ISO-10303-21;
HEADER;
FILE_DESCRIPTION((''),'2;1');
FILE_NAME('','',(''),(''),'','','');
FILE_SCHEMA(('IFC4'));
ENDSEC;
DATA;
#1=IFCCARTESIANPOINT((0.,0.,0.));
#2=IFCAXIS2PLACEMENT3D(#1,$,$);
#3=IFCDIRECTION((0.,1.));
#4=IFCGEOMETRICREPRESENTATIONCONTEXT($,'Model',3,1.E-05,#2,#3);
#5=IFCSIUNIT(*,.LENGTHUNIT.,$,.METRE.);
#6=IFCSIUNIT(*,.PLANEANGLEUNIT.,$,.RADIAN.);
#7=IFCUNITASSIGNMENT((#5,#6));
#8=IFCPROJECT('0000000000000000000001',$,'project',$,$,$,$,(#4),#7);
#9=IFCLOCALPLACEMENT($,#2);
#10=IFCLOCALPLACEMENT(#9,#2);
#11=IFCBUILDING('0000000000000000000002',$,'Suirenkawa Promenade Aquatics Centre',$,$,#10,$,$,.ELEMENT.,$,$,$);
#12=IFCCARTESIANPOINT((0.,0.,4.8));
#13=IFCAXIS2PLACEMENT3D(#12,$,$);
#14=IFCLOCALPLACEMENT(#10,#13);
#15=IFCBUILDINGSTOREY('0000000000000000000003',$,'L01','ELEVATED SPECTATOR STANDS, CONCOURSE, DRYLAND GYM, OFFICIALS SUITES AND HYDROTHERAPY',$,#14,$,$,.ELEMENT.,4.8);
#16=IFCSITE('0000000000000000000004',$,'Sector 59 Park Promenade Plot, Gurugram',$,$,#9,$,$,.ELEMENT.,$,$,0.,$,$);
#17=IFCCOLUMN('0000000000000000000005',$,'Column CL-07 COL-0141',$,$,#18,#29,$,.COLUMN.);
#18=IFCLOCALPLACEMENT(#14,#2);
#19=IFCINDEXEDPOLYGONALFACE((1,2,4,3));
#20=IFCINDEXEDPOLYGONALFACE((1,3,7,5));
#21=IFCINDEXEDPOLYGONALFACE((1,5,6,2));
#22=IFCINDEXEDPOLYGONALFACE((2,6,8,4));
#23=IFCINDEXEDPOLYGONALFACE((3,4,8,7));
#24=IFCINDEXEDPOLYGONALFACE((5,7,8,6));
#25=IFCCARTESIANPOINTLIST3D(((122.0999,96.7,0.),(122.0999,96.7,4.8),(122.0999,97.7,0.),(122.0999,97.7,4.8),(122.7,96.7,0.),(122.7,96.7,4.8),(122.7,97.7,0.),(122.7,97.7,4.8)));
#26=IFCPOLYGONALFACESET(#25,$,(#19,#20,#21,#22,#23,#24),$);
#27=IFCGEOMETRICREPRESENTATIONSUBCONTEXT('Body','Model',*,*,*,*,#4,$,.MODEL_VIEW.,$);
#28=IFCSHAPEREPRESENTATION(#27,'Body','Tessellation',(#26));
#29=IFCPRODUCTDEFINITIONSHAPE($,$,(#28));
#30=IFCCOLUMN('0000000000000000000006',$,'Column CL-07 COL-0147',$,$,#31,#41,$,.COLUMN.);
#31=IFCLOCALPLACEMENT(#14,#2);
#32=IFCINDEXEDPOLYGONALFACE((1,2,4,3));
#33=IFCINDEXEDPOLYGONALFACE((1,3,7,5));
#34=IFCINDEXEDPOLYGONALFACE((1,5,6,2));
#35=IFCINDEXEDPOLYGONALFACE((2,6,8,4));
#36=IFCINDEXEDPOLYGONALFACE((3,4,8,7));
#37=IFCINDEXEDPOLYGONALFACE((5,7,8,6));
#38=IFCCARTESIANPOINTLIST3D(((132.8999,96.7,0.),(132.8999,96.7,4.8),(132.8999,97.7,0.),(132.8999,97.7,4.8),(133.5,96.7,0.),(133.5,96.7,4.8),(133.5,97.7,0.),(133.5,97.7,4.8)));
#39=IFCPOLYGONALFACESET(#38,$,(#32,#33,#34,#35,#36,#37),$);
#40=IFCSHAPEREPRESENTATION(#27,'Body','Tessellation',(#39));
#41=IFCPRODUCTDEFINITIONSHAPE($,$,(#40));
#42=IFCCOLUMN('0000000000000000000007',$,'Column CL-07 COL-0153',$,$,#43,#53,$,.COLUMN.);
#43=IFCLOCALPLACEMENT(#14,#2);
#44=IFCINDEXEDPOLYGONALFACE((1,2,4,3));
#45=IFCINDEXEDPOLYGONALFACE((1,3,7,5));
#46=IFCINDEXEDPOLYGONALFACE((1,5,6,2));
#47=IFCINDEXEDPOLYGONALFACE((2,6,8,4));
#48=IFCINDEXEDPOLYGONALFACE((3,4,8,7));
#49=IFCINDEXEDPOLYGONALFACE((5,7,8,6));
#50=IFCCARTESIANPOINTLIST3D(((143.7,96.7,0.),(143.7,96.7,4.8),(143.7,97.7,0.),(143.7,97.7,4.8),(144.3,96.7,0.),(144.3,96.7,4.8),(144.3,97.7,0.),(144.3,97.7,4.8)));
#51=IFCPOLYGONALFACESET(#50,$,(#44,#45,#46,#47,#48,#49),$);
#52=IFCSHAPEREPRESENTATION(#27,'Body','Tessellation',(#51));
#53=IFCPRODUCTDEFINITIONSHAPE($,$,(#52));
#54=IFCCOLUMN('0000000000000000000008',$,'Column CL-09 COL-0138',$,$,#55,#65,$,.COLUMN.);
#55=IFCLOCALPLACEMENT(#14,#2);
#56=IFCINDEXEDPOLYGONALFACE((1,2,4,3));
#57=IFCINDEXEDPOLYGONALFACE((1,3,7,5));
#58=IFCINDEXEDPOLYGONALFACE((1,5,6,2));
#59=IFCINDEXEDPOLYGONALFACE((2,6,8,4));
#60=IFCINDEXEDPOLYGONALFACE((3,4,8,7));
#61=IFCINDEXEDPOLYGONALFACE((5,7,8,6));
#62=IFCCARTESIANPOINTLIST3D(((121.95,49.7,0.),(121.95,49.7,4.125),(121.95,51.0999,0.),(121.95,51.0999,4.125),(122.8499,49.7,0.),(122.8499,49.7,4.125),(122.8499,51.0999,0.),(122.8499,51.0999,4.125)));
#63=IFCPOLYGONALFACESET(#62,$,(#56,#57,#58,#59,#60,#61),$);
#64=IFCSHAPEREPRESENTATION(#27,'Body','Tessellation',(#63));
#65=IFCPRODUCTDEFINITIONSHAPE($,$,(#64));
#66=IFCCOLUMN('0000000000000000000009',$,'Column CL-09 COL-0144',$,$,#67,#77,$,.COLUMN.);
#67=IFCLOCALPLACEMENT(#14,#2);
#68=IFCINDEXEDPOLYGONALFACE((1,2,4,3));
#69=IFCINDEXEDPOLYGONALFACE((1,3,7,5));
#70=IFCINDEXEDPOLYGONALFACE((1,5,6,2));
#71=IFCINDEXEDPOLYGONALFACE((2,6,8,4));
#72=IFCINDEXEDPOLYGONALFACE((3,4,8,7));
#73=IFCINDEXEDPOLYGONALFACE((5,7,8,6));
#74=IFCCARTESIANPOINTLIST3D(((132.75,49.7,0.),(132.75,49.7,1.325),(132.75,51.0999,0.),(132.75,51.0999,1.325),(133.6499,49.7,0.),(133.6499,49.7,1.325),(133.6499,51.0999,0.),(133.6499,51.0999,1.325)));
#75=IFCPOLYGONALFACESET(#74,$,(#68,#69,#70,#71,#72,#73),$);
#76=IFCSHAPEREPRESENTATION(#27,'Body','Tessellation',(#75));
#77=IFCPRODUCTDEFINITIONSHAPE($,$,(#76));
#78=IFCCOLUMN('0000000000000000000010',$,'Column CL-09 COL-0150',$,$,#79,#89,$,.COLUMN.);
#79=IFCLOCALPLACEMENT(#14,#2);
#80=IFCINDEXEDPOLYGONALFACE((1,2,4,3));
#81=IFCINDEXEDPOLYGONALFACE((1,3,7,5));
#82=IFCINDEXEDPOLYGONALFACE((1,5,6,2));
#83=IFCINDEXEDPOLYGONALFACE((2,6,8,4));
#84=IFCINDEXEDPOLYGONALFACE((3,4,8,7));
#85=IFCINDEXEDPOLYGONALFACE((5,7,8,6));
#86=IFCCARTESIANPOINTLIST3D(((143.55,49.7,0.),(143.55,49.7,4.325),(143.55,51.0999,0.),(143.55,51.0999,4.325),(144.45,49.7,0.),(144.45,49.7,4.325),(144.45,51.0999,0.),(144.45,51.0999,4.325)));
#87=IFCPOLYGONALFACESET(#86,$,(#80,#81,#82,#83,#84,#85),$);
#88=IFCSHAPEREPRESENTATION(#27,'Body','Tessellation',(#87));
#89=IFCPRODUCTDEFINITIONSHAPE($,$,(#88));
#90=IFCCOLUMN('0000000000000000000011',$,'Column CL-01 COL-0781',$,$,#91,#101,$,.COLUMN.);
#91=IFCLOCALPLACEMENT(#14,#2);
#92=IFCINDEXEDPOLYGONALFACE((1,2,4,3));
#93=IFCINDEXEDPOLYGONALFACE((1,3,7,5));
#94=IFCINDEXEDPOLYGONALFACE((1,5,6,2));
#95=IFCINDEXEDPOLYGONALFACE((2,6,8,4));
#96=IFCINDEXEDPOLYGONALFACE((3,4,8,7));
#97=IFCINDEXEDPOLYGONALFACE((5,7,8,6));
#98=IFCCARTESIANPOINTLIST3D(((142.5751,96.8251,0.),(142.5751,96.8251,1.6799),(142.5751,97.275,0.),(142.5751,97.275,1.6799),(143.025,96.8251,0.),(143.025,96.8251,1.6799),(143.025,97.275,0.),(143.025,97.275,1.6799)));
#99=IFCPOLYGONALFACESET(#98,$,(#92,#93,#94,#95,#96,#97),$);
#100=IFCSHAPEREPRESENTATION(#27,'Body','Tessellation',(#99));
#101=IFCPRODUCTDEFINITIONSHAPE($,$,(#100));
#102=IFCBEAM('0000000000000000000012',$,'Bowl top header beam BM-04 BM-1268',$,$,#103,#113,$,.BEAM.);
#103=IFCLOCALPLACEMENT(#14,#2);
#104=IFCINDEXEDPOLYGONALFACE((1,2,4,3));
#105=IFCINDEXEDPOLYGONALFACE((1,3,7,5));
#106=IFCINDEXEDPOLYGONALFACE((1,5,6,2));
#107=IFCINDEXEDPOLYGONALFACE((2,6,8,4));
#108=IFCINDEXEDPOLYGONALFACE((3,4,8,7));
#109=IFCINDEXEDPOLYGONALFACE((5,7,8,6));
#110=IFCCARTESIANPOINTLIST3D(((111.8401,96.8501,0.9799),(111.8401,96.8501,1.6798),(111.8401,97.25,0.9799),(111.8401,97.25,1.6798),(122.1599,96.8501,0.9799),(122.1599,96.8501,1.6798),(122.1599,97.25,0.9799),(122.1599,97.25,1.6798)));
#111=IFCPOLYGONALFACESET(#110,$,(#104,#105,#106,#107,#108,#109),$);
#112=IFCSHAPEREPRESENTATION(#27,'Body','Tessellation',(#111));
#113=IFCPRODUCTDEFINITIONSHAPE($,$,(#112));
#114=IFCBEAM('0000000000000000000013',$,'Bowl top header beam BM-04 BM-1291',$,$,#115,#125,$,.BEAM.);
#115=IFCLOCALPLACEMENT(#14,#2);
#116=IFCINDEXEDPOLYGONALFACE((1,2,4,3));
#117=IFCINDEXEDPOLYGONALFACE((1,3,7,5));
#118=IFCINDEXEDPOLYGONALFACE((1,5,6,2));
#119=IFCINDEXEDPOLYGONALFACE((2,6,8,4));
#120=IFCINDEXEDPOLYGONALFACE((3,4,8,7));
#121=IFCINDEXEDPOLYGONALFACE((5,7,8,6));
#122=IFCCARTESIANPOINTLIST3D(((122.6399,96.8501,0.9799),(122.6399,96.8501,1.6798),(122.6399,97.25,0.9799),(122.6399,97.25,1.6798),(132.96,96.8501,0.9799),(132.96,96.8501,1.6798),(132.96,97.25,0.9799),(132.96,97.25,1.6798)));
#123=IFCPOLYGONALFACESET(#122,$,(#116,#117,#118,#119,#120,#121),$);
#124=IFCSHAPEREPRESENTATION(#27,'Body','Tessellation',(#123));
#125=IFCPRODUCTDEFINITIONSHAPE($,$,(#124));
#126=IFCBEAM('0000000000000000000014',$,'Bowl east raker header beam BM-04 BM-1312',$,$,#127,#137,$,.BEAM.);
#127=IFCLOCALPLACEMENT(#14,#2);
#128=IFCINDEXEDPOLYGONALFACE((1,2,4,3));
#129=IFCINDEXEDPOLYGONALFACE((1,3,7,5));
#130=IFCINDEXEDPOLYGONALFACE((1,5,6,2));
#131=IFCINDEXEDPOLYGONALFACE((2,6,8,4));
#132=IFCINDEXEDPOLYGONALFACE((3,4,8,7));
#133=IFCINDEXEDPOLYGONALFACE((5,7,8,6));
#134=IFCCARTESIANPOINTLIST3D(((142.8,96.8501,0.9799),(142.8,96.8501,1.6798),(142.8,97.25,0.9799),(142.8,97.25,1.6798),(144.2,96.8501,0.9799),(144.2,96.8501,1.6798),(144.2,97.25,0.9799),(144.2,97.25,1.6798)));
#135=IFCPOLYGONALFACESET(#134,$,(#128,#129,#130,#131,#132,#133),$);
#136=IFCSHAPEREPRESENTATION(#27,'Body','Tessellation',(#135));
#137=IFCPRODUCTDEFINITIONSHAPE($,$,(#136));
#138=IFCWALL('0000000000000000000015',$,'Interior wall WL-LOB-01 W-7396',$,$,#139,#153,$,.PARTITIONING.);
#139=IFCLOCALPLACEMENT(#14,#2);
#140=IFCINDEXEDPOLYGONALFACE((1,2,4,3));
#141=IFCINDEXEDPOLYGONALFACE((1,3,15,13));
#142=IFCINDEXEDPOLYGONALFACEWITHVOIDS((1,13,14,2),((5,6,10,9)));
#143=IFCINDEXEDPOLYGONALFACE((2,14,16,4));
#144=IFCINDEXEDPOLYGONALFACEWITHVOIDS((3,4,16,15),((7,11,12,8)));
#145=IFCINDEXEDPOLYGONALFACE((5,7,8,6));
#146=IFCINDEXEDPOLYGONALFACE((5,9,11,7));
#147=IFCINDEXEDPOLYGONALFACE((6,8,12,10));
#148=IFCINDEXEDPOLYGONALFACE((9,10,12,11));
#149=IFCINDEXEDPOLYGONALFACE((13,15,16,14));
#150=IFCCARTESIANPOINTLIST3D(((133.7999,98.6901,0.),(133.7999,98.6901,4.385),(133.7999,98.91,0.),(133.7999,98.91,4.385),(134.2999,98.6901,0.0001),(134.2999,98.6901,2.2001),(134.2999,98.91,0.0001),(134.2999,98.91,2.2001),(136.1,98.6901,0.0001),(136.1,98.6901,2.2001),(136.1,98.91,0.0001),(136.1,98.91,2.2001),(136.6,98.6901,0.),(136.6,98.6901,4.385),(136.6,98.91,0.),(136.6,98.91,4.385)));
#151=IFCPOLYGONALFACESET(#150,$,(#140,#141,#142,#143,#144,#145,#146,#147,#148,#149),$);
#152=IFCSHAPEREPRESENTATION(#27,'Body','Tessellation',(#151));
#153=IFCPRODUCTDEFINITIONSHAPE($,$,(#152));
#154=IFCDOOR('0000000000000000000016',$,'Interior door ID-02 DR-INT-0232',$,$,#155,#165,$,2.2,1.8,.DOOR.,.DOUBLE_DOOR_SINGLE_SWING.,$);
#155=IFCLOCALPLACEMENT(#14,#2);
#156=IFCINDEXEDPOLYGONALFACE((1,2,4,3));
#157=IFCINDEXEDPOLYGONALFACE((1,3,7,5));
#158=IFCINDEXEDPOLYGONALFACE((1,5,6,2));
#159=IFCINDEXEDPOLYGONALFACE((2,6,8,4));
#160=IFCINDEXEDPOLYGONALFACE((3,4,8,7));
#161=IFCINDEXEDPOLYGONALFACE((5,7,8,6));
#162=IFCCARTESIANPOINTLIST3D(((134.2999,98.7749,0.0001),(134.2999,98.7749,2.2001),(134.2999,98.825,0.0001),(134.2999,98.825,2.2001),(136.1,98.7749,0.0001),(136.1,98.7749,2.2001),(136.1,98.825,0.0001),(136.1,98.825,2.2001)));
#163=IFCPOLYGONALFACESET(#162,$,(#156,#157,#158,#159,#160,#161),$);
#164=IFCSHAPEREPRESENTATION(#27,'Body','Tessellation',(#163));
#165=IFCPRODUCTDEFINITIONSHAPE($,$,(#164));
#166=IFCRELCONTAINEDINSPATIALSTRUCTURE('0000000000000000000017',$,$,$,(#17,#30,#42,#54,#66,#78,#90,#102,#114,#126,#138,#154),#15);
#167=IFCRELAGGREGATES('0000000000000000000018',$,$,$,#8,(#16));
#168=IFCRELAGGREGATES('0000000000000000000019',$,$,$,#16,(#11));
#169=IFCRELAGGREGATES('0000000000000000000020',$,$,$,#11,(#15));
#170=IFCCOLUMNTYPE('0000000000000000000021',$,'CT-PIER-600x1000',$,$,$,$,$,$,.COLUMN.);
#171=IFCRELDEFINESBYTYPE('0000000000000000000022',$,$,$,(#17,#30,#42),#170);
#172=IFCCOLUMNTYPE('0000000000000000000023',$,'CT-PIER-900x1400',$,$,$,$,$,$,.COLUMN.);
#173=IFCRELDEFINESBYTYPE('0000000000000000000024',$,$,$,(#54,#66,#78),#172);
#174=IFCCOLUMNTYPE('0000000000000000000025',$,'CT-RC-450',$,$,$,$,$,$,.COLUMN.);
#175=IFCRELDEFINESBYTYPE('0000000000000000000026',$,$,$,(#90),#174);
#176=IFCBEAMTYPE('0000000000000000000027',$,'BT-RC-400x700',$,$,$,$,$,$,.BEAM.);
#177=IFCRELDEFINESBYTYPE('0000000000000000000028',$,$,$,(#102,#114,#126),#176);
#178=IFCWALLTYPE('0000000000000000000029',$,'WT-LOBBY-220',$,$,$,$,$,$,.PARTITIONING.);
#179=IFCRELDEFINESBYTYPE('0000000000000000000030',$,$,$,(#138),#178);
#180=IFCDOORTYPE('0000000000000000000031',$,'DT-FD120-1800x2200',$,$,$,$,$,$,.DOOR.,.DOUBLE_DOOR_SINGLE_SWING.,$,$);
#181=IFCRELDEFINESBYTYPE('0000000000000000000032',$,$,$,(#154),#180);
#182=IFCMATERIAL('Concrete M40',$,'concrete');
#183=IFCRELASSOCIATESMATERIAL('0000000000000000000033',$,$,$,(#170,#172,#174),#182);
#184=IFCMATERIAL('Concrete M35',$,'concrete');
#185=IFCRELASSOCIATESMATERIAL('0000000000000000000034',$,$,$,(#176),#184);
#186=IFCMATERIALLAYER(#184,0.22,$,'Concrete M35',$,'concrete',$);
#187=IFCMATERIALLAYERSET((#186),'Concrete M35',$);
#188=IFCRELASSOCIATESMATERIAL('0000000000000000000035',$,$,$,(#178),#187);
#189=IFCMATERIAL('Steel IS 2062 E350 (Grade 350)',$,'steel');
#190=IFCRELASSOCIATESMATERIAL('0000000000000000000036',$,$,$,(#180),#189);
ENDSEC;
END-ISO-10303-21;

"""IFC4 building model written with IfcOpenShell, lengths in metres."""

from ifc_helpers import new_model, si_unit, direction, frame, frame_2d, origin, origin_2d, place, context, subcontext, project, spatial, rectangle, extrude, material, layer, layer_set, material_profile, profile_set, type_object, element, fill, save


model = new_model("IFC4")

# Units and contexts
model_context = context("Model", 3, precision=1e-05, world=origin(), true_north=direction((0.0, 1.0)))
body_context = subcontext(model_context, "Body", "Model", "MODEL_VIEW")
ifc_project = project(units=[si_unit("LENGTHUNIT", "METRE"), si_unit("PLANEANGLEUNIT", "RADIAN")], contexts=[model_context])

# Site, building, storey
site_placement = place(None, origin())
site = spatial("IfcSite", under=ifc_project, at=site_placement, Name="Sector 59 Park Promenade Plot, Gurugram", CompositionType="ELEMENT", RefElevation=0.0)
building_placement = place(site_placement, origin())
building = spatial("IfcBuilding", under=site, at=building_placement, Name="Suirenkawa Promenade Aquatics Centre", CompositionType="ELEMENT")
storey_placement = place(building_placement, frame((0.0, 0.0, 4.8)))
storey = spatial("IfcBuildingStorey", under=building, at=storey_placement, Name="L01", Description="ELEVATED SPECTATOR STANDS, CONCOURSE, DRYLAND GYM, OFFICIALS SUITES AND HYDROTHERAPY", CompositionType="ELEMENT", Elevation=4.8)

# Columns
ifc_material_1 = material(Name="Concrete M40", Category="concrete")
ifc_material_profile_1 = material_profile(ifc_material_1, rectangle(XDim=0.6001, YDim=1.0, at=origin_2d()), Name="RC PIER 600x1000", Category="concrete")
ifc_profile_set_1 = profile_set([ifc_material_profile_1], Name="Concrete M40")
column_type_1 = type_object("IfcColumnType", Name="CT-PIER-600x1000", PredefinedType="COLUMN", material=ifc_profile_set_1)
for number, where, z_axis, x_axis, name in (
    (1, (122.3999, 97.2, 0.0), (0.0, 0.0, 1.0), (1.0, 0.0, 0.0), "Column CL-07 COL-0141"),
    (2, (133.2, 97.2, 0.0), (0.0, 0.0, 1.0), (1.0, 0.0, 0.0), "Column CL-07 COL-0147"),
    (3, (144.0, 97.2, 0.0), (0.0, 0.0, 1.0), (1.0, 0.0, 0.0), "Column CL-07 COL-0153"),
):
    element("IfcColumn", number, at=place(storey_placement, frame(where, z_axis=z_axis, x_axis=x_axis)), inside=storey, type_object=column_type_1, Name=name, PredefinedType="COLUMN", context=body_context, shape_type="SweptSolid", body=[
        extrude(rectangle(XDim=0.6001, YDim=1.0, at=origin_2d()), origin(), (0.0, 0.0, 1.0), 4.8),
    ])
ifc_material_profile_2 = material_profile(ifc_material_1, rectangle(XDim=0.8999, YDim=1.3999, at=origin_2d()), Name="RC PIER 900x1400", Category="concrete")
ifc_profile_set_2 = profile_set([ifc_material_profile_2], Name="Concrete M40")
column_type_2 = type_object("IfcColumnType", Name="CT-PIER-900x1400", PredefinedType="COLUMN", material=ifc_profile_set_2)
column_1_placement = place(storey_placement, frame((122.3999, 50.3999, 0.0), z_axis=(0.0, 0.0, 1.0), x_axis=(1.0, 0.0, 0.0)))
element("IfcColumn", 4, at=column_1_placement, inside=storey, type_object=column_type_2, Name="Column CL-09 COL-0138", PredefinedType="COLUMN", context=body_context, shape_type="SweptSolid", body=[
    extrude(rectangle(XDim=0.8999, YDim=1.3999, at=origin_2d()), origin(), (0.0, 0.0, 1.0), 4.125),
])
column_2_placement = place(storey_placement, frame((133.2, 50.3999, 0.0), z_axis=(0.0, 0.0, 1.0), x_axis=(1.0, 0.0, 0.0)))
element("IfcColumn", 5, at=column_2_placement, inside=storey, type_object=column_type_2, Name="Column CL-09 COL-0144", PredefinedType="COLUMN", context=body_context, shape_type="SweptSolid", body=[
    extrude(rectangle(XDim=0.8999, YDim=1.3999, at=origin_2d()), origin(), (0.0, 0.0, 1.0), 1.325),
])
column_3_placement = place(storey_placement, frame((144.0, 50.3999, 0.0), z_axis=(0.0, 0.0, 1.0), x_axis=(1.0, 0.0, 0.0)))
element("IfcColumn", 6, at=column_3_placement, inside=storey, type_object=column_type_2, Name="Column CL-09 COL-0150", PredefinedType="COLUMN", context=body_context, shape_type="SweptSolid", body=[
    extrude(rectangle(XDim=0.8999, YDim=1.3999, at=origin_2d()), origin(), (0.0, 0.0, 1.0), 4.325),
])
ifc_material_profile_3 = material_profile(ifc_material_1, rectangle(XDim=0.45, YDim=0.45, at=origin_2d()), Name="RC COL 450x450", Category="concrete")
ifc_profile_set_3 = profile_set([ifc_material_profile_3], Name="Concrete M40")
column_type_3 = type_object("IfcColumnType", Name="CT-RC-450", PredefinedType="COLUMN", material=ifc_profile_set_3)
column_4_placement = place(storey_placement, frame((142.8, 97.05, 0.0), z_axis=(0.0, 0.0, 1.0), x_axis=(1.0, 0.0, 0.0)))
element("IfcColumn", 7, at=column_4_placement, inside=storey, type_object=column_type_3, Name="Column CL-01 COL-0781", PredefinedType="COLUMN", context=body_context, shape_type="SweptSolid", body=[
    extrude(rectangle(XDim=0.45, YDim=0.45, at=origin_2d()), origin(), (0.0, 0.0, 1.0), 1.6799),
])

# Beams
ifc_material_2 = material(Name="Concrete M35", Category="concrete")
ifc_material_profile_4 = material_profile(ifc_material_2, rectangle(XDim=0.3999, YDim=0.7, at=origin_2d()), Name="RC BM 400x700", Category="concrete")
ifc_profile_set_4 = profile_set([ifc_material_profile_4], Name="Concrete M35")
beam_type = type_object("IfcBeamType", Name="BT-RC-400x700", PredefinedType="BEAM", material=ifc_profile_set_4)
beam_1_placement = place(storey_placement, frame((111.8401, 97.05, 1.3298), z_axis=(1.0, 0.0, 0.0), x_axis=(0.0, 1.0, 0.0)))
element("IfcBeam", 8, at=beam_1_placement, inside=storey, type_object=beam_type, Name="Bowl top header beam BM-04 BM-1268", PredefinedType="BEAM", context=body_context, shape_type="SweptSolid", body=[
    extrude(rectangle(XDim=0.3999, YDim=0.7, at=origin_2d()), origin(), (0.0, 0.0, 1.0), 10.3198),
])
beam_2_placement = place(storey_placement, frame((122.6399, 97.05, 1.3298), z_axis=(1.0, 0.0, 0.0), x_axis=(0.0, 1.0, 0.0)))
element("IfcBeam", 9, at=beam_2_placement, inside=storey, type_object=beam_type, Name="Bowl top header beam BM-04 BM-1291", PredefinedType="BEAM", context=body_context, shape_type="SweptSolid", body=[
    extrude(rectangle(XDim=0.3999, YDim=0.7, at=origin_2d()), origin(), (0.0, 0.0, 1.0), 10.3201),
])
beam_3_placement = place(storey_placement, frame((142.8, 97.05, 1.3298), z_axis=(1.0, 0.0, 0.0), x_axis=(0.0, 1.0, 0.0)))
element("IfcBeam", 10, at=beam_3_placement, inside=storey, type_object=beam_type, Name="Bowl east raker header beam BM-04 BM-1312", PredefinedType="BEAM", context=body_context, shape_type="SweptSolid", body=[
    extrude(rectangle(XDim=0.3999, YDim=0.7, at=origin_2d()), origin(), (0.0, 0.0, 1.0), 1.3999),
])

# Wall, opening, door
ifc_layer = layer(ifc_material_2, 0.22, Name="Concrete M35", Category="concrete")
ifc_layer_set = layer_set([ifc_layer], Name="Concrete M35")
wall_type = type_object("IfcWallType", Name="WT-LOBBY-220", PredefinedType="PARTITIONING", material=ifc_layer_set)
wall_1_placement = place(storey_placement, frame((133.8, 98.8, 0.0), z_axis=(0.0, 0.0, 1.0), x_axis=(1.0, 0.0, 0.0)))
wall_1 = element("IfcWall", 11, at=wall_1_placement, inside=storey, type_object=wall_type, Name="Interior wall WL-LOB-01 W-7396", PredefinedType="PARTITIONING", context=body_context, shape_type="SweptSolid", body=[
    extrude(rectangle(XDim=2.8, YDim=0.22, at=frame_2d((1.3999, 0.0))), origin(), (0.0, 0.0, 1.0), 4.385),
])
opening_1_placement = place(wall_1_placement, frame((0.5, 0.0, 0.0)))
opening_1 = element("IfcOpeningElement", 12, at=opening_1_placement, cuts=wall_1, PredefinedType="OPENING", context=body_context, shape_type="SweptSolid", body=[
    extrude(rectangle(XDim=1.8, YDim=2.2, at=frame_2d((0.8999, 1.1001))), frame((0.0, 0.1199, 0.0), z_axis=(0.0, -1.0, 0.0), x_axis=(1.0, 0.0, 0.0)), (0.0, 0.0, 1.0), 0.24),
])
ifc_material_3 = material(Name="Steel IS 2062 E350 (Grade 350)", Category="steel")
door_type = type_object("IfcDoorType", Name="DT-FD120-1800x2200", OperationType="DOUBLE_DOOR_SINGLE_SWING", PredefinedType="DOOR", material=ifc_material_3)
door_1_placement = place(opening_1_placement, origin())
door_1 = element("IfcDoor", 13, at=door_1_placement, inside=storey, type_object=door_type, Name="Interior door ID-02 DR-INT-0232", OperationType="DOUBLE_DOOR_SINGLE_SWING", OverallHeight=2.2, OverallWidth=1.8, PredefinedType="DOOR", context=body_context, shape_type="SweptSolid", body=[
    extrude(rectangle(XDim=1.8, YDim=2.2, at=frame_2d((0.8999, 1.1001))), frame((0.0, 0.0249, 0.0), z_axis=(0.0, -1.0, 0.0), x_axis=(1.0, 0.0, 0.0)), (0.0, 0.0, 1.0), 0.05),
])
fill(opening_1, door_1)

save(model, "model.ifc")
